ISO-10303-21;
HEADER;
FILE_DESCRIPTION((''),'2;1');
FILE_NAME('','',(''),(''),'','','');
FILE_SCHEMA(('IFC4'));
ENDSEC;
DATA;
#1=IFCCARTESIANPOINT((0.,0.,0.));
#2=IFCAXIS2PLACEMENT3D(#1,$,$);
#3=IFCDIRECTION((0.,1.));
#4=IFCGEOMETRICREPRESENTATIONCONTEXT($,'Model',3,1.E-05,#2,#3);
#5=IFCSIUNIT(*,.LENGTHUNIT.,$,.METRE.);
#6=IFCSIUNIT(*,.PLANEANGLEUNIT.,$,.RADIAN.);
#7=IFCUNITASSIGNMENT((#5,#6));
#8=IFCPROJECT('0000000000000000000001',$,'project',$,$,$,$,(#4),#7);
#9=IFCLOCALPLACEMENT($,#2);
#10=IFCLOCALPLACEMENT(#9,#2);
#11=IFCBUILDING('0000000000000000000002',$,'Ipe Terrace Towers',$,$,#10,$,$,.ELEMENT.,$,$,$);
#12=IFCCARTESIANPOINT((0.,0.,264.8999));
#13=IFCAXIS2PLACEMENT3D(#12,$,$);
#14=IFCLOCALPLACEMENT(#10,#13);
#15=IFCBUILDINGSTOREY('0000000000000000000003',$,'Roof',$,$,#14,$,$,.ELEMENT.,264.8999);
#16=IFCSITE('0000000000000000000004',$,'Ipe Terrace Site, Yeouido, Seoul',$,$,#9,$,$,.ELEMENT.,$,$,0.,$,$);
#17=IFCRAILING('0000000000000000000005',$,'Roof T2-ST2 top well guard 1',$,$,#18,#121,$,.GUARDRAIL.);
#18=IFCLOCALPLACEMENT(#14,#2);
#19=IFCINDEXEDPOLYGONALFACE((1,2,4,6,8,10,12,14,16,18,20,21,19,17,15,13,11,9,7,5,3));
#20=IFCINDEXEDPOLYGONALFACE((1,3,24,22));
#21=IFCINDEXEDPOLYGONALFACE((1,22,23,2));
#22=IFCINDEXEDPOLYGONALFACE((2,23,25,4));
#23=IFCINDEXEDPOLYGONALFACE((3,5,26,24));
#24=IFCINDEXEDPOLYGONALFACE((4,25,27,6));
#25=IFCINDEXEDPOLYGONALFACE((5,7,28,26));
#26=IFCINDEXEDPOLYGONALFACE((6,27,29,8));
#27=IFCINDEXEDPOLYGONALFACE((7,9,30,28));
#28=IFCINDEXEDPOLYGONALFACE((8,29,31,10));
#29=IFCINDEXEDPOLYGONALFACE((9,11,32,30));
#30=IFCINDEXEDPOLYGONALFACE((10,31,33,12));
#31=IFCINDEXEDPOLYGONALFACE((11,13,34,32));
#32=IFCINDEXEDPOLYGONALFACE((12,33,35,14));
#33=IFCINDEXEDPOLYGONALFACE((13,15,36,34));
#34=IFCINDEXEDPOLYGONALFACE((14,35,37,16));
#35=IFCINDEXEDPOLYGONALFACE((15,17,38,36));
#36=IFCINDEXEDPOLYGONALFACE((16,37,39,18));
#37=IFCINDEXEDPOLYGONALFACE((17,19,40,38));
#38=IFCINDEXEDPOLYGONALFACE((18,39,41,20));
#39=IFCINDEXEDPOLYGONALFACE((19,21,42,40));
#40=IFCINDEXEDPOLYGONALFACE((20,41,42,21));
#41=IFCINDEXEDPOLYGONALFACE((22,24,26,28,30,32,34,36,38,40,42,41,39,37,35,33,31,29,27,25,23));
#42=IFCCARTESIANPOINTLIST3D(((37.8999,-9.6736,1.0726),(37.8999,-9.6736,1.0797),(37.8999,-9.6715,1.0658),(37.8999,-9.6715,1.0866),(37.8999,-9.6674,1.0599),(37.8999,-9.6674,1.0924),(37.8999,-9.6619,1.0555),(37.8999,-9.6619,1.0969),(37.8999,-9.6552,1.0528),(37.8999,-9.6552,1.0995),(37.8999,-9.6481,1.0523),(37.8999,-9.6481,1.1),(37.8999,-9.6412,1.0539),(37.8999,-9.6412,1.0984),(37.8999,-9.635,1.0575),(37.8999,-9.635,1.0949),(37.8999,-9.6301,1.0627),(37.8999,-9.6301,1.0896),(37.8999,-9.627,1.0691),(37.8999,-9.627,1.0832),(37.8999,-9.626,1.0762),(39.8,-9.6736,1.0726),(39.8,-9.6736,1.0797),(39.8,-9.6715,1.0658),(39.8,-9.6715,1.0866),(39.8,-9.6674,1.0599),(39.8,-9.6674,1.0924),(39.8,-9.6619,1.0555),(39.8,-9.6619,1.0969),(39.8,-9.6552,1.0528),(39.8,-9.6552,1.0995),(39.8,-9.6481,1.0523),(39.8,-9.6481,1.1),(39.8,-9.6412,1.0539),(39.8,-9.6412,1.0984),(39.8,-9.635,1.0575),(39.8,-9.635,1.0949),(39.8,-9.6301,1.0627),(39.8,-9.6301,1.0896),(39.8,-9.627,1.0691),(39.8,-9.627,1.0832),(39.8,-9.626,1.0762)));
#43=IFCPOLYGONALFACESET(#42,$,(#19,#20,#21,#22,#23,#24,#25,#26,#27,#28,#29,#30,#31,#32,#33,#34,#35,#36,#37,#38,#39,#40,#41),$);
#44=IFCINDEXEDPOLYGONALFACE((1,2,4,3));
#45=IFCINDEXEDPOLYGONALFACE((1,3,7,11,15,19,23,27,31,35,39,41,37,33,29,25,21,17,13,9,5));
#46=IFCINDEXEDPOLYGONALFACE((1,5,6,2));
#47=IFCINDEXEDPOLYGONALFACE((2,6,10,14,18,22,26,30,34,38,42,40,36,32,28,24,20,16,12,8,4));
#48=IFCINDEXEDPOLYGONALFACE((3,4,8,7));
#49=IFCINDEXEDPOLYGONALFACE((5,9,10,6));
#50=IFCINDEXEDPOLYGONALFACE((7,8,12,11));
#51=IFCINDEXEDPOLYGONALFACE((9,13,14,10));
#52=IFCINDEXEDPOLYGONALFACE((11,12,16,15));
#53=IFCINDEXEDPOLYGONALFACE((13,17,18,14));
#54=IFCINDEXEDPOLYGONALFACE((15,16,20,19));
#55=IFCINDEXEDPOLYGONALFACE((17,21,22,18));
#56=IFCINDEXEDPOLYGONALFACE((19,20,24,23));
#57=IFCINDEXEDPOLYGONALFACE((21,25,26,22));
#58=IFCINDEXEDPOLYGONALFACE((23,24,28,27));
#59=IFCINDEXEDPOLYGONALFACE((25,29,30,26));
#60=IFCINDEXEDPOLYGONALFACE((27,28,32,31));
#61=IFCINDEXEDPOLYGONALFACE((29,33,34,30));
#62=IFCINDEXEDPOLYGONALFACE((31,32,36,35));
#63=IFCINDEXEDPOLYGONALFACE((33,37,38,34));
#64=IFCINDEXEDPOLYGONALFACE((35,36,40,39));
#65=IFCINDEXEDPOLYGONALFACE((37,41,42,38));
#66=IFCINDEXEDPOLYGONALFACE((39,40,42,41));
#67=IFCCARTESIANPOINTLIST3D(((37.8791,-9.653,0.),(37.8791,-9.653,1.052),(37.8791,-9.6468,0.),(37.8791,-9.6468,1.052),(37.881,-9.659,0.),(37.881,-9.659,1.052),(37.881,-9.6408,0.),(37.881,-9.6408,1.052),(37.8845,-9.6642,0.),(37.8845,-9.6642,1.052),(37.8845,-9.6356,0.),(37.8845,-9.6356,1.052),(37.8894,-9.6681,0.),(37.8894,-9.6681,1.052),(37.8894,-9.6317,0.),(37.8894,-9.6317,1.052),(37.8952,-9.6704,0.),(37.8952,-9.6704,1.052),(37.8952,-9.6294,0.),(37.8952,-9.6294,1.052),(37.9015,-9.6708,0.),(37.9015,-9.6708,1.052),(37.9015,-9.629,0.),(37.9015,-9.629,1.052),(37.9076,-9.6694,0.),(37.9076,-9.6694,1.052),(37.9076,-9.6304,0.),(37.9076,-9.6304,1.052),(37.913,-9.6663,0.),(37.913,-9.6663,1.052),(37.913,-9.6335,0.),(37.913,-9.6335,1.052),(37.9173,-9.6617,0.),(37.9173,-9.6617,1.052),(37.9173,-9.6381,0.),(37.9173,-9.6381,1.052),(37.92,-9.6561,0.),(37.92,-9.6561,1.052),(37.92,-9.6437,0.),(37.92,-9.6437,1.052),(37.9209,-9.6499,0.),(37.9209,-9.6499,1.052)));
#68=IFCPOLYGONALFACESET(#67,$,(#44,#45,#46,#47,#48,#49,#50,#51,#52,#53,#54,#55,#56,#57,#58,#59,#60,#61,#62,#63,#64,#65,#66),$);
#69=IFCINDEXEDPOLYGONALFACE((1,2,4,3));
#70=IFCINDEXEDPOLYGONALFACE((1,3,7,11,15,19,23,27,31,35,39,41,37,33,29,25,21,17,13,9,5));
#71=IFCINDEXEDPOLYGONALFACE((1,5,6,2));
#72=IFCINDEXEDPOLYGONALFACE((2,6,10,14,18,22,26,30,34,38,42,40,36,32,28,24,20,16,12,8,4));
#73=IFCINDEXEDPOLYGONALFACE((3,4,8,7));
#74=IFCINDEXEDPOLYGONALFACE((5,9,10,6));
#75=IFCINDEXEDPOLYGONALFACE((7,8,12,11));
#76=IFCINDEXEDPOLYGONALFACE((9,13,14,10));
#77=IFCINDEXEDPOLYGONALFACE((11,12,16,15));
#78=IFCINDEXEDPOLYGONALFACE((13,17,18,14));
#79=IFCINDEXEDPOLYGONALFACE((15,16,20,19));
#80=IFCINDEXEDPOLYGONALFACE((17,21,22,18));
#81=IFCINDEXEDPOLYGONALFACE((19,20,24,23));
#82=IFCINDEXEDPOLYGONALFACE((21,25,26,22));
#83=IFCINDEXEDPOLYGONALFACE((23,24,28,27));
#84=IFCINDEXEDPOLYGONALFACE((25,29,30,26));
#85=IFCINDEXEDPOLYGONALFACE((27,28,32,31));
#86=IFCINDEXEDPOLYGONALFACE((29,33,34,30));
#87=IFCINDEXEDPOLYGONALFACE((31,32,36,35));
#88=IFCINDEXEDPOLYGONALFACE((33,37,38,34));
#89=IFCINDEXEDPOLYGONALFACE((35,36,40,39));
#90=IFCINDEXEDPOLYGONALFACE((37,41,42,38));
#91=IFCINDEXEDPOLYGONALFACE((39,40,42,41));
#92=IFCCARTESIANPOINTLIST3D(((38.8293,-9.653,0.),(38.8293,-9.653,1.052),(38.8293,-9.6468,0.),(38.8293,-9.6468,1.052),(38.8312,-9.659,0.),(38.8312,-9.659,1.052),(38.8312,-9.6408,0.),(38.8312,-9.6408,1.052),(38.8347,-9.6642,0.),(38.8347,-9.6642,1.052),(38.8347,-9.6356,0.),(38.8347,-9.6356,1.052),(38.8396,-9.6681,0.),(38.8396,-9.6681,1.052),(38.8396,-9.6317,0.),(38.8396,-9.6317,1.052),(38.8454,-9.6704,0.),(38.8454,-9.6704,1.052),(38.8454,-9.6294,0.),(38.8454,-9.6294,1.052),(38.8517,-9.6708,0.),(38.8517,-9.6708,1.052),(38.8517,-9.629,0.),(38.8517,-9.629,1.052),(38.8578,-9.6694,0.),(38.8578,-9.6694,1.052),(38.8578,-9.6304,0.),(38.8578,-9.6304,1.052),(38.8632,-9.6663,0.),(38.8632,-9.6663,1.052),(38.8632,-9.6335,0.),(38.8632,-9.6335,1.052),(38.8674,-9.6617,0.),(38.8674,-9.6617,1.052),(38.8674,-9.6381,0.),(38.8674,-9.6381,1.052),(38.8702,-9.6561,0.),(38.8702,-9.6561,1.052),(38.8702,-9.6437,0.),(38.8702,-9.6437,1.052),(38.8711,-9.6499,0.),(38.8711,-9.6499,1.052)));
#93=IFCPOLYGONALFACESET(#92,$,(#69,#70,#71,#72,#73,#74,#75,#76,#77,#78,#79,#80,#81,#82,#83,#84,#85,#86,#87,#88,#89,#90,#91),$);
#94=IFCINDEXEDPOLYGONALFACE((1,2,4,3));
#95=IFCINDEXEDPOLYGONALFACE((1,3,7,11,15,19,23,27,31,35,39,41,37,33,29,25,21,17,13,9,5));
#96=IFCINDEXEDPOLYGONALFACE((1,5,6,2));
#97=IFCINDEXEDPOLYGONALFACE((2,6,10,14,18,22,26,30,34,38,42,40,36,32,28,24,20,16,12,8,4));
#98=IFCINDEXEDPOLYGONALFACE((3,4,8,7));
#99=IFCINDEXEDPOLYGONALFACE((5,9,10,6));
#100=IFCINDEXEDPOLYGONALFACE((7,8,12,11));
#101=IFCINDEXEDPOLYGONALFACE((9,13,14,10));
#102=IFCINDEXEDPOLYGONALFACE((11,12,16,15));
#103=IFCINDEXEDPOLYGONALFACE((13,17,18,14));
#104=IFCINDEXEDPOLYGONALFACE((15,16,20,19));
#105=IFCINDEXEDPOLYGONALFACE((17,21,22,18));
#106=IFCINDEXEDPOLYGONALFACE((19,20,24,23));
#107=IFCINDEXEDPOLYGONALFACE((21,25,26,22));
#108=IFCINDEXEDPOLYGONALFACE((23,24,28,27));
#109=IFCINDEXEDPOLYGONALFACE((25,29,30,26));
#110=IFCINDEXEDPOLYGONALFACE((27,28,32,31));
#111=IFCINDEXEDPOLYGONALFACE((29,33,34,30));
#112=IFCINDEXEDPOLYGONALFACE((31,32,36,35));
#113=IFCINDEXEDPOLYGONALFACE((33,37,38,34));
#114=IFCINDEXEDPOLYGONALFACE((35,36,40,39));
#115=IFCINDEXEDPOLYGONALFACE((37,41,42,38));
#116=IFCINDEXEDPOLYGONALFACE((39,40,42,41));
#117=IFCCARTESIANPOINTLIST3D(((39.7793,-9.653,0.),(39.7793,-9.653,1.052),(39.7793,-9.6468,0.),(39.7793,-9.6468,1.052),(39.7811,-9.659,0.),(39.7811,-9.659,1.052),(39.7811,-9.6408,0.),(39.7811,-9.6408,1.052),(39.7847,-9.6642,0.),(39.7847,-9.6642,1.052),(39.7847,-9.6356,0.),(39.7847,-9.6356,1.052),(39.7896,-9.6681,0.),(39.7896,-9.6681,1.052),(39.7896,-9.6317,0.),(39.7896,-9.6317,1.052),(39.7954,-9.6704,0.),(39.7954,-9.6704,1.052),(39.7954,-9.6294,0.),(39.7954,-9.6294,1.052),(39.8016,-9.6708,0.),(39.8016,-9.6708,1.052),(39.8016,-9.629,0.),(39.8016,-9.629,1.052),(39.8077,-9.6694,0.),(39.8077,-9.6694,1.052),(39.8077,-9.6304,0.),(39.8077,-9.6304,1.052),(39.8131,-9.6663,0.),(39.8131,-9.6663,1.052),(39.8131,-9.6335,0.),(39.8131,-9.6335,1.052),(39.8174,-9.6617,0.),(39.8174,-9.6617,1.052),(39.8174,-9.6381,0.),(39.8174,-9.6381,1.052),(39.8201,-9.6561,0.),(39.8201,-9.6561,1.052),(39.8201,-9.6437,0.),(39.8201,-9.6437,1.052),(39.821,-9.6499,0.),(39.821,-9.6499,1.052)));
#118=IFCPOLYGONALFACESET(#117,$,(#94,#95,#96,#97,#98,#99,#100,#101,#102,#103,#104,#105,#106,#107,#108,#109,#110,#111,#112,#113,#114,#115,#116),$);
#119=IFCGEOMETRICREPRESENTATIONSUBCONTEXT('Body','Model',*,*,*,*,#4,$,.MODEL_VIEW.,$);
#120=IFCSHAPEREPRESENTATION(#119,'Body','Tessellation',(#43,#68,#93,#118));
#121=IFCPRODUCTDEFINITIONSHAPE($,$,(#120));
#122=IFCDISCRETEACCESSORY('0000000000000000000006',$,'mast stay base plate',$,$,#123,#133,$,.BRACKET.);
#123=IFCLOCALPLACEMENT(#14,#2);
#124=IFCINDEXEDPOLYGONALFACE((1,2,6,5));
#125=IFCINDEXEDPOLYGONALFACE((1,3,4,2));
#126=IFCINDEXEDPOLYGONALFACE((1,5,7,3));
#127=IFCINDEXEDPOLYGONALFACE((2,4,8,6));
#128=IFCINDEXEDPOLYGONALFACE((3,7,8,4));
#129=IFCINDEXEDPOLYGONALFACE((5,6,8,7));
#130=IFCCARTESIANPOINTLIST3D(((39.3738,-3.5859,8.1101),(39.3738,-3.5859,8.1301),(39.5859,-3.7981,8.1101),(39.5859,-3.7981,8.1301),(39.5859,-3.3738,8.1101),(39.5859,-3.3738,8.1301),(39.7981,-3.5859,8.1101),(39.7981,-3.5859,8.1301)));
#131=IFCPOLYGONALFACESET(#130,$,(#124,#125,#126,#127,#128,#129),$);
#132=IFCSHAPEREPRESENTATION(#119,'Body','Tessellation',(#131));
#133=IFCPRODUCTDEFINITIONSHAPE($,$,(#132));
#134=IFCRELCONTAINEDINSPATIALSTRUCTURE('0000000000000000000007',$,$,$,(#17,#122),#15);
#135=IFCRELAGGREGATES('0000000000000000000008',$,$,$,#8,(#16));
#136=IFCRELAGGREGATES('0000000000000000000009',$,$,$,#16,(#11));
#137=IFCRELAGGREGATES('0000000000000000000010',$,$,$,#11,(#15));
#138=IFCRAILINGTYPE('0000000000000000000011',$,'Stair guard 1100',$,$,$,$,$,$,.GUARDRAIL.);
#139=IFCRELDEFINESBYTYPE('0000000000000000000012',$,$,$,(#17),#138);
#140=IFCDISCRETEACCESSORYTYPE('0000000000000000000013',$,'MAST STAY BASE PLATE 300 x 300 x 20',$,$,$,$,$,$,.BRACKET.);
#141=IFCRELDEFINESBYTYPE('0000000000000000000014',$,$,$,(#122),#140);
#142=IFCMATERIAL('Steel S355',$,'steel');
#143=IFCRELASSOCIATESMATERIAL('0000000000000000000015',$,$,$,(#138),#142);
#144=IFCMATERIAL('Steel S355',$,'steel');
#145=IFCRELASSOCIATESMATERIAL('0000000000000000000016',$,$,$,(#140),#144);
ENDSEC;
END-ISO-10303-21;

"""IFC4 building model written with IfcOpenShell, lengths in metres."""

from ifc_helpers import new_model, si_unit, direction, frame, origin, origin_2d, place, context, subcontext, project, spatial, rectangle, circle, extrude, material, type_object, element, save


model = new_model("IFC4")

# Units and contexts
model_context = context("Model", 3, precision=1e-05, world=origin(), true_north=direction((0.0, 1.0)))
body_context = subcontext(model_context, "Body", "Model", "MODEL_VIEW")
ifc_project = project(units=[si_unit("LENGTHUNIT", "METRE"), si_unit("PLANEANGLEUNIT", "RADIAN")], contexts=[model_context])

# Site, building, storey
site_placement = place(None, origin())
site = spatial("IfcSite", under=ifc_project, at=site_placement, Name="Ipe Terrace Site, Yeouido, Seoul", CompositionType="ELEMENT", RefElevation=0.0)
building_placement = place(site_placement, origin())
building = spatial("IfcBuilding", under=site, at=building_placement, Name="Ipe Terrace Towers", CompositionType="ELEMENT")
storey_placement = place(building_placement, frame((0.0, 0.0, 264.8999)))
storey = spatial("IfcBuildingStorey", under=building, at=storey_placement, Name="Roof", CompositionType="ELEMENT", Elevation=264.8999)

# Railing
ifc_material_1 = material(Name="Steel S355", Category="steel")
railing_type = type_object("IfcRailingType", Name="Stair guard 1100", PredefinedType="GUARDRAIL", material=ifc_material_1)
railing_placement = place(storey_placement, frame((37.8999, -9.6499, 0.0)))
element("IfcRailing", 1, at=railing_placement, inside=storey, type_object=railing_type, Name="Roof T2-ST2 top well guard 1", PredefinedType="GUARDRAIL", context=body_context, shape_type="SweptSolid", body=[
    extrude(circle(Radius=0.0239, at=origin_2d()), frame((0.0, 0.0, 1.0762), z_axis=(1.0, 0.0, 0.0), x_axis=(0.0, 1.0, 0.0)), (0.0, 0.0, 1.0), 1.9001),
    extrude(circle(Radius=0.021, at=origin_2d()), origin(), (0.0, 0.0, 1.0), 1.052),
    extrude(circle(Radius=0.021, at=origin_2d()), frame((0.9502, 0.0, 0.0)), (0.0, 0.0, 1.0), 1.052),
    extrude(circle(Radius=0.021, at=origin_2d()), frame((1.9001, 0.0, 0.0)), (0.0, 0.0, 1.0), 1.052),
])

# Discrete accessory
ifc_material_2 = material(Name="Steel S355", Category="steel")
discrete_accessory_type = type_object("IfcDiscreteAccessoryType", Name="MAST STAY BASE PLATE 300 x 300 x 20", PredefinedType="BRACKET", material=ifc_material_2)
discrete_accessory_placement = place(storey_placement, frame((39.5859, -3.5859, 8.1101), z_axis=(0.0, 0.0, 1.0), x_axis=(-0.707107, 0.707107, 0.0)))
element("IfcDiscreteAccessory", 2, at=discrete_accessory_placement, inside=storey, type_object=discrete_accessory_type, Name="mast stay base plate", PredefinedType="BRACKET", context=body_context, shape_type="SweptSolid", body=[
    extrude(rectangle(XDim=0.3, YDim=0.3, at=origin_2d()), origin(), (0.0, 0.0, 1.0), 0.02),
])

save(model, "model.ifc")
